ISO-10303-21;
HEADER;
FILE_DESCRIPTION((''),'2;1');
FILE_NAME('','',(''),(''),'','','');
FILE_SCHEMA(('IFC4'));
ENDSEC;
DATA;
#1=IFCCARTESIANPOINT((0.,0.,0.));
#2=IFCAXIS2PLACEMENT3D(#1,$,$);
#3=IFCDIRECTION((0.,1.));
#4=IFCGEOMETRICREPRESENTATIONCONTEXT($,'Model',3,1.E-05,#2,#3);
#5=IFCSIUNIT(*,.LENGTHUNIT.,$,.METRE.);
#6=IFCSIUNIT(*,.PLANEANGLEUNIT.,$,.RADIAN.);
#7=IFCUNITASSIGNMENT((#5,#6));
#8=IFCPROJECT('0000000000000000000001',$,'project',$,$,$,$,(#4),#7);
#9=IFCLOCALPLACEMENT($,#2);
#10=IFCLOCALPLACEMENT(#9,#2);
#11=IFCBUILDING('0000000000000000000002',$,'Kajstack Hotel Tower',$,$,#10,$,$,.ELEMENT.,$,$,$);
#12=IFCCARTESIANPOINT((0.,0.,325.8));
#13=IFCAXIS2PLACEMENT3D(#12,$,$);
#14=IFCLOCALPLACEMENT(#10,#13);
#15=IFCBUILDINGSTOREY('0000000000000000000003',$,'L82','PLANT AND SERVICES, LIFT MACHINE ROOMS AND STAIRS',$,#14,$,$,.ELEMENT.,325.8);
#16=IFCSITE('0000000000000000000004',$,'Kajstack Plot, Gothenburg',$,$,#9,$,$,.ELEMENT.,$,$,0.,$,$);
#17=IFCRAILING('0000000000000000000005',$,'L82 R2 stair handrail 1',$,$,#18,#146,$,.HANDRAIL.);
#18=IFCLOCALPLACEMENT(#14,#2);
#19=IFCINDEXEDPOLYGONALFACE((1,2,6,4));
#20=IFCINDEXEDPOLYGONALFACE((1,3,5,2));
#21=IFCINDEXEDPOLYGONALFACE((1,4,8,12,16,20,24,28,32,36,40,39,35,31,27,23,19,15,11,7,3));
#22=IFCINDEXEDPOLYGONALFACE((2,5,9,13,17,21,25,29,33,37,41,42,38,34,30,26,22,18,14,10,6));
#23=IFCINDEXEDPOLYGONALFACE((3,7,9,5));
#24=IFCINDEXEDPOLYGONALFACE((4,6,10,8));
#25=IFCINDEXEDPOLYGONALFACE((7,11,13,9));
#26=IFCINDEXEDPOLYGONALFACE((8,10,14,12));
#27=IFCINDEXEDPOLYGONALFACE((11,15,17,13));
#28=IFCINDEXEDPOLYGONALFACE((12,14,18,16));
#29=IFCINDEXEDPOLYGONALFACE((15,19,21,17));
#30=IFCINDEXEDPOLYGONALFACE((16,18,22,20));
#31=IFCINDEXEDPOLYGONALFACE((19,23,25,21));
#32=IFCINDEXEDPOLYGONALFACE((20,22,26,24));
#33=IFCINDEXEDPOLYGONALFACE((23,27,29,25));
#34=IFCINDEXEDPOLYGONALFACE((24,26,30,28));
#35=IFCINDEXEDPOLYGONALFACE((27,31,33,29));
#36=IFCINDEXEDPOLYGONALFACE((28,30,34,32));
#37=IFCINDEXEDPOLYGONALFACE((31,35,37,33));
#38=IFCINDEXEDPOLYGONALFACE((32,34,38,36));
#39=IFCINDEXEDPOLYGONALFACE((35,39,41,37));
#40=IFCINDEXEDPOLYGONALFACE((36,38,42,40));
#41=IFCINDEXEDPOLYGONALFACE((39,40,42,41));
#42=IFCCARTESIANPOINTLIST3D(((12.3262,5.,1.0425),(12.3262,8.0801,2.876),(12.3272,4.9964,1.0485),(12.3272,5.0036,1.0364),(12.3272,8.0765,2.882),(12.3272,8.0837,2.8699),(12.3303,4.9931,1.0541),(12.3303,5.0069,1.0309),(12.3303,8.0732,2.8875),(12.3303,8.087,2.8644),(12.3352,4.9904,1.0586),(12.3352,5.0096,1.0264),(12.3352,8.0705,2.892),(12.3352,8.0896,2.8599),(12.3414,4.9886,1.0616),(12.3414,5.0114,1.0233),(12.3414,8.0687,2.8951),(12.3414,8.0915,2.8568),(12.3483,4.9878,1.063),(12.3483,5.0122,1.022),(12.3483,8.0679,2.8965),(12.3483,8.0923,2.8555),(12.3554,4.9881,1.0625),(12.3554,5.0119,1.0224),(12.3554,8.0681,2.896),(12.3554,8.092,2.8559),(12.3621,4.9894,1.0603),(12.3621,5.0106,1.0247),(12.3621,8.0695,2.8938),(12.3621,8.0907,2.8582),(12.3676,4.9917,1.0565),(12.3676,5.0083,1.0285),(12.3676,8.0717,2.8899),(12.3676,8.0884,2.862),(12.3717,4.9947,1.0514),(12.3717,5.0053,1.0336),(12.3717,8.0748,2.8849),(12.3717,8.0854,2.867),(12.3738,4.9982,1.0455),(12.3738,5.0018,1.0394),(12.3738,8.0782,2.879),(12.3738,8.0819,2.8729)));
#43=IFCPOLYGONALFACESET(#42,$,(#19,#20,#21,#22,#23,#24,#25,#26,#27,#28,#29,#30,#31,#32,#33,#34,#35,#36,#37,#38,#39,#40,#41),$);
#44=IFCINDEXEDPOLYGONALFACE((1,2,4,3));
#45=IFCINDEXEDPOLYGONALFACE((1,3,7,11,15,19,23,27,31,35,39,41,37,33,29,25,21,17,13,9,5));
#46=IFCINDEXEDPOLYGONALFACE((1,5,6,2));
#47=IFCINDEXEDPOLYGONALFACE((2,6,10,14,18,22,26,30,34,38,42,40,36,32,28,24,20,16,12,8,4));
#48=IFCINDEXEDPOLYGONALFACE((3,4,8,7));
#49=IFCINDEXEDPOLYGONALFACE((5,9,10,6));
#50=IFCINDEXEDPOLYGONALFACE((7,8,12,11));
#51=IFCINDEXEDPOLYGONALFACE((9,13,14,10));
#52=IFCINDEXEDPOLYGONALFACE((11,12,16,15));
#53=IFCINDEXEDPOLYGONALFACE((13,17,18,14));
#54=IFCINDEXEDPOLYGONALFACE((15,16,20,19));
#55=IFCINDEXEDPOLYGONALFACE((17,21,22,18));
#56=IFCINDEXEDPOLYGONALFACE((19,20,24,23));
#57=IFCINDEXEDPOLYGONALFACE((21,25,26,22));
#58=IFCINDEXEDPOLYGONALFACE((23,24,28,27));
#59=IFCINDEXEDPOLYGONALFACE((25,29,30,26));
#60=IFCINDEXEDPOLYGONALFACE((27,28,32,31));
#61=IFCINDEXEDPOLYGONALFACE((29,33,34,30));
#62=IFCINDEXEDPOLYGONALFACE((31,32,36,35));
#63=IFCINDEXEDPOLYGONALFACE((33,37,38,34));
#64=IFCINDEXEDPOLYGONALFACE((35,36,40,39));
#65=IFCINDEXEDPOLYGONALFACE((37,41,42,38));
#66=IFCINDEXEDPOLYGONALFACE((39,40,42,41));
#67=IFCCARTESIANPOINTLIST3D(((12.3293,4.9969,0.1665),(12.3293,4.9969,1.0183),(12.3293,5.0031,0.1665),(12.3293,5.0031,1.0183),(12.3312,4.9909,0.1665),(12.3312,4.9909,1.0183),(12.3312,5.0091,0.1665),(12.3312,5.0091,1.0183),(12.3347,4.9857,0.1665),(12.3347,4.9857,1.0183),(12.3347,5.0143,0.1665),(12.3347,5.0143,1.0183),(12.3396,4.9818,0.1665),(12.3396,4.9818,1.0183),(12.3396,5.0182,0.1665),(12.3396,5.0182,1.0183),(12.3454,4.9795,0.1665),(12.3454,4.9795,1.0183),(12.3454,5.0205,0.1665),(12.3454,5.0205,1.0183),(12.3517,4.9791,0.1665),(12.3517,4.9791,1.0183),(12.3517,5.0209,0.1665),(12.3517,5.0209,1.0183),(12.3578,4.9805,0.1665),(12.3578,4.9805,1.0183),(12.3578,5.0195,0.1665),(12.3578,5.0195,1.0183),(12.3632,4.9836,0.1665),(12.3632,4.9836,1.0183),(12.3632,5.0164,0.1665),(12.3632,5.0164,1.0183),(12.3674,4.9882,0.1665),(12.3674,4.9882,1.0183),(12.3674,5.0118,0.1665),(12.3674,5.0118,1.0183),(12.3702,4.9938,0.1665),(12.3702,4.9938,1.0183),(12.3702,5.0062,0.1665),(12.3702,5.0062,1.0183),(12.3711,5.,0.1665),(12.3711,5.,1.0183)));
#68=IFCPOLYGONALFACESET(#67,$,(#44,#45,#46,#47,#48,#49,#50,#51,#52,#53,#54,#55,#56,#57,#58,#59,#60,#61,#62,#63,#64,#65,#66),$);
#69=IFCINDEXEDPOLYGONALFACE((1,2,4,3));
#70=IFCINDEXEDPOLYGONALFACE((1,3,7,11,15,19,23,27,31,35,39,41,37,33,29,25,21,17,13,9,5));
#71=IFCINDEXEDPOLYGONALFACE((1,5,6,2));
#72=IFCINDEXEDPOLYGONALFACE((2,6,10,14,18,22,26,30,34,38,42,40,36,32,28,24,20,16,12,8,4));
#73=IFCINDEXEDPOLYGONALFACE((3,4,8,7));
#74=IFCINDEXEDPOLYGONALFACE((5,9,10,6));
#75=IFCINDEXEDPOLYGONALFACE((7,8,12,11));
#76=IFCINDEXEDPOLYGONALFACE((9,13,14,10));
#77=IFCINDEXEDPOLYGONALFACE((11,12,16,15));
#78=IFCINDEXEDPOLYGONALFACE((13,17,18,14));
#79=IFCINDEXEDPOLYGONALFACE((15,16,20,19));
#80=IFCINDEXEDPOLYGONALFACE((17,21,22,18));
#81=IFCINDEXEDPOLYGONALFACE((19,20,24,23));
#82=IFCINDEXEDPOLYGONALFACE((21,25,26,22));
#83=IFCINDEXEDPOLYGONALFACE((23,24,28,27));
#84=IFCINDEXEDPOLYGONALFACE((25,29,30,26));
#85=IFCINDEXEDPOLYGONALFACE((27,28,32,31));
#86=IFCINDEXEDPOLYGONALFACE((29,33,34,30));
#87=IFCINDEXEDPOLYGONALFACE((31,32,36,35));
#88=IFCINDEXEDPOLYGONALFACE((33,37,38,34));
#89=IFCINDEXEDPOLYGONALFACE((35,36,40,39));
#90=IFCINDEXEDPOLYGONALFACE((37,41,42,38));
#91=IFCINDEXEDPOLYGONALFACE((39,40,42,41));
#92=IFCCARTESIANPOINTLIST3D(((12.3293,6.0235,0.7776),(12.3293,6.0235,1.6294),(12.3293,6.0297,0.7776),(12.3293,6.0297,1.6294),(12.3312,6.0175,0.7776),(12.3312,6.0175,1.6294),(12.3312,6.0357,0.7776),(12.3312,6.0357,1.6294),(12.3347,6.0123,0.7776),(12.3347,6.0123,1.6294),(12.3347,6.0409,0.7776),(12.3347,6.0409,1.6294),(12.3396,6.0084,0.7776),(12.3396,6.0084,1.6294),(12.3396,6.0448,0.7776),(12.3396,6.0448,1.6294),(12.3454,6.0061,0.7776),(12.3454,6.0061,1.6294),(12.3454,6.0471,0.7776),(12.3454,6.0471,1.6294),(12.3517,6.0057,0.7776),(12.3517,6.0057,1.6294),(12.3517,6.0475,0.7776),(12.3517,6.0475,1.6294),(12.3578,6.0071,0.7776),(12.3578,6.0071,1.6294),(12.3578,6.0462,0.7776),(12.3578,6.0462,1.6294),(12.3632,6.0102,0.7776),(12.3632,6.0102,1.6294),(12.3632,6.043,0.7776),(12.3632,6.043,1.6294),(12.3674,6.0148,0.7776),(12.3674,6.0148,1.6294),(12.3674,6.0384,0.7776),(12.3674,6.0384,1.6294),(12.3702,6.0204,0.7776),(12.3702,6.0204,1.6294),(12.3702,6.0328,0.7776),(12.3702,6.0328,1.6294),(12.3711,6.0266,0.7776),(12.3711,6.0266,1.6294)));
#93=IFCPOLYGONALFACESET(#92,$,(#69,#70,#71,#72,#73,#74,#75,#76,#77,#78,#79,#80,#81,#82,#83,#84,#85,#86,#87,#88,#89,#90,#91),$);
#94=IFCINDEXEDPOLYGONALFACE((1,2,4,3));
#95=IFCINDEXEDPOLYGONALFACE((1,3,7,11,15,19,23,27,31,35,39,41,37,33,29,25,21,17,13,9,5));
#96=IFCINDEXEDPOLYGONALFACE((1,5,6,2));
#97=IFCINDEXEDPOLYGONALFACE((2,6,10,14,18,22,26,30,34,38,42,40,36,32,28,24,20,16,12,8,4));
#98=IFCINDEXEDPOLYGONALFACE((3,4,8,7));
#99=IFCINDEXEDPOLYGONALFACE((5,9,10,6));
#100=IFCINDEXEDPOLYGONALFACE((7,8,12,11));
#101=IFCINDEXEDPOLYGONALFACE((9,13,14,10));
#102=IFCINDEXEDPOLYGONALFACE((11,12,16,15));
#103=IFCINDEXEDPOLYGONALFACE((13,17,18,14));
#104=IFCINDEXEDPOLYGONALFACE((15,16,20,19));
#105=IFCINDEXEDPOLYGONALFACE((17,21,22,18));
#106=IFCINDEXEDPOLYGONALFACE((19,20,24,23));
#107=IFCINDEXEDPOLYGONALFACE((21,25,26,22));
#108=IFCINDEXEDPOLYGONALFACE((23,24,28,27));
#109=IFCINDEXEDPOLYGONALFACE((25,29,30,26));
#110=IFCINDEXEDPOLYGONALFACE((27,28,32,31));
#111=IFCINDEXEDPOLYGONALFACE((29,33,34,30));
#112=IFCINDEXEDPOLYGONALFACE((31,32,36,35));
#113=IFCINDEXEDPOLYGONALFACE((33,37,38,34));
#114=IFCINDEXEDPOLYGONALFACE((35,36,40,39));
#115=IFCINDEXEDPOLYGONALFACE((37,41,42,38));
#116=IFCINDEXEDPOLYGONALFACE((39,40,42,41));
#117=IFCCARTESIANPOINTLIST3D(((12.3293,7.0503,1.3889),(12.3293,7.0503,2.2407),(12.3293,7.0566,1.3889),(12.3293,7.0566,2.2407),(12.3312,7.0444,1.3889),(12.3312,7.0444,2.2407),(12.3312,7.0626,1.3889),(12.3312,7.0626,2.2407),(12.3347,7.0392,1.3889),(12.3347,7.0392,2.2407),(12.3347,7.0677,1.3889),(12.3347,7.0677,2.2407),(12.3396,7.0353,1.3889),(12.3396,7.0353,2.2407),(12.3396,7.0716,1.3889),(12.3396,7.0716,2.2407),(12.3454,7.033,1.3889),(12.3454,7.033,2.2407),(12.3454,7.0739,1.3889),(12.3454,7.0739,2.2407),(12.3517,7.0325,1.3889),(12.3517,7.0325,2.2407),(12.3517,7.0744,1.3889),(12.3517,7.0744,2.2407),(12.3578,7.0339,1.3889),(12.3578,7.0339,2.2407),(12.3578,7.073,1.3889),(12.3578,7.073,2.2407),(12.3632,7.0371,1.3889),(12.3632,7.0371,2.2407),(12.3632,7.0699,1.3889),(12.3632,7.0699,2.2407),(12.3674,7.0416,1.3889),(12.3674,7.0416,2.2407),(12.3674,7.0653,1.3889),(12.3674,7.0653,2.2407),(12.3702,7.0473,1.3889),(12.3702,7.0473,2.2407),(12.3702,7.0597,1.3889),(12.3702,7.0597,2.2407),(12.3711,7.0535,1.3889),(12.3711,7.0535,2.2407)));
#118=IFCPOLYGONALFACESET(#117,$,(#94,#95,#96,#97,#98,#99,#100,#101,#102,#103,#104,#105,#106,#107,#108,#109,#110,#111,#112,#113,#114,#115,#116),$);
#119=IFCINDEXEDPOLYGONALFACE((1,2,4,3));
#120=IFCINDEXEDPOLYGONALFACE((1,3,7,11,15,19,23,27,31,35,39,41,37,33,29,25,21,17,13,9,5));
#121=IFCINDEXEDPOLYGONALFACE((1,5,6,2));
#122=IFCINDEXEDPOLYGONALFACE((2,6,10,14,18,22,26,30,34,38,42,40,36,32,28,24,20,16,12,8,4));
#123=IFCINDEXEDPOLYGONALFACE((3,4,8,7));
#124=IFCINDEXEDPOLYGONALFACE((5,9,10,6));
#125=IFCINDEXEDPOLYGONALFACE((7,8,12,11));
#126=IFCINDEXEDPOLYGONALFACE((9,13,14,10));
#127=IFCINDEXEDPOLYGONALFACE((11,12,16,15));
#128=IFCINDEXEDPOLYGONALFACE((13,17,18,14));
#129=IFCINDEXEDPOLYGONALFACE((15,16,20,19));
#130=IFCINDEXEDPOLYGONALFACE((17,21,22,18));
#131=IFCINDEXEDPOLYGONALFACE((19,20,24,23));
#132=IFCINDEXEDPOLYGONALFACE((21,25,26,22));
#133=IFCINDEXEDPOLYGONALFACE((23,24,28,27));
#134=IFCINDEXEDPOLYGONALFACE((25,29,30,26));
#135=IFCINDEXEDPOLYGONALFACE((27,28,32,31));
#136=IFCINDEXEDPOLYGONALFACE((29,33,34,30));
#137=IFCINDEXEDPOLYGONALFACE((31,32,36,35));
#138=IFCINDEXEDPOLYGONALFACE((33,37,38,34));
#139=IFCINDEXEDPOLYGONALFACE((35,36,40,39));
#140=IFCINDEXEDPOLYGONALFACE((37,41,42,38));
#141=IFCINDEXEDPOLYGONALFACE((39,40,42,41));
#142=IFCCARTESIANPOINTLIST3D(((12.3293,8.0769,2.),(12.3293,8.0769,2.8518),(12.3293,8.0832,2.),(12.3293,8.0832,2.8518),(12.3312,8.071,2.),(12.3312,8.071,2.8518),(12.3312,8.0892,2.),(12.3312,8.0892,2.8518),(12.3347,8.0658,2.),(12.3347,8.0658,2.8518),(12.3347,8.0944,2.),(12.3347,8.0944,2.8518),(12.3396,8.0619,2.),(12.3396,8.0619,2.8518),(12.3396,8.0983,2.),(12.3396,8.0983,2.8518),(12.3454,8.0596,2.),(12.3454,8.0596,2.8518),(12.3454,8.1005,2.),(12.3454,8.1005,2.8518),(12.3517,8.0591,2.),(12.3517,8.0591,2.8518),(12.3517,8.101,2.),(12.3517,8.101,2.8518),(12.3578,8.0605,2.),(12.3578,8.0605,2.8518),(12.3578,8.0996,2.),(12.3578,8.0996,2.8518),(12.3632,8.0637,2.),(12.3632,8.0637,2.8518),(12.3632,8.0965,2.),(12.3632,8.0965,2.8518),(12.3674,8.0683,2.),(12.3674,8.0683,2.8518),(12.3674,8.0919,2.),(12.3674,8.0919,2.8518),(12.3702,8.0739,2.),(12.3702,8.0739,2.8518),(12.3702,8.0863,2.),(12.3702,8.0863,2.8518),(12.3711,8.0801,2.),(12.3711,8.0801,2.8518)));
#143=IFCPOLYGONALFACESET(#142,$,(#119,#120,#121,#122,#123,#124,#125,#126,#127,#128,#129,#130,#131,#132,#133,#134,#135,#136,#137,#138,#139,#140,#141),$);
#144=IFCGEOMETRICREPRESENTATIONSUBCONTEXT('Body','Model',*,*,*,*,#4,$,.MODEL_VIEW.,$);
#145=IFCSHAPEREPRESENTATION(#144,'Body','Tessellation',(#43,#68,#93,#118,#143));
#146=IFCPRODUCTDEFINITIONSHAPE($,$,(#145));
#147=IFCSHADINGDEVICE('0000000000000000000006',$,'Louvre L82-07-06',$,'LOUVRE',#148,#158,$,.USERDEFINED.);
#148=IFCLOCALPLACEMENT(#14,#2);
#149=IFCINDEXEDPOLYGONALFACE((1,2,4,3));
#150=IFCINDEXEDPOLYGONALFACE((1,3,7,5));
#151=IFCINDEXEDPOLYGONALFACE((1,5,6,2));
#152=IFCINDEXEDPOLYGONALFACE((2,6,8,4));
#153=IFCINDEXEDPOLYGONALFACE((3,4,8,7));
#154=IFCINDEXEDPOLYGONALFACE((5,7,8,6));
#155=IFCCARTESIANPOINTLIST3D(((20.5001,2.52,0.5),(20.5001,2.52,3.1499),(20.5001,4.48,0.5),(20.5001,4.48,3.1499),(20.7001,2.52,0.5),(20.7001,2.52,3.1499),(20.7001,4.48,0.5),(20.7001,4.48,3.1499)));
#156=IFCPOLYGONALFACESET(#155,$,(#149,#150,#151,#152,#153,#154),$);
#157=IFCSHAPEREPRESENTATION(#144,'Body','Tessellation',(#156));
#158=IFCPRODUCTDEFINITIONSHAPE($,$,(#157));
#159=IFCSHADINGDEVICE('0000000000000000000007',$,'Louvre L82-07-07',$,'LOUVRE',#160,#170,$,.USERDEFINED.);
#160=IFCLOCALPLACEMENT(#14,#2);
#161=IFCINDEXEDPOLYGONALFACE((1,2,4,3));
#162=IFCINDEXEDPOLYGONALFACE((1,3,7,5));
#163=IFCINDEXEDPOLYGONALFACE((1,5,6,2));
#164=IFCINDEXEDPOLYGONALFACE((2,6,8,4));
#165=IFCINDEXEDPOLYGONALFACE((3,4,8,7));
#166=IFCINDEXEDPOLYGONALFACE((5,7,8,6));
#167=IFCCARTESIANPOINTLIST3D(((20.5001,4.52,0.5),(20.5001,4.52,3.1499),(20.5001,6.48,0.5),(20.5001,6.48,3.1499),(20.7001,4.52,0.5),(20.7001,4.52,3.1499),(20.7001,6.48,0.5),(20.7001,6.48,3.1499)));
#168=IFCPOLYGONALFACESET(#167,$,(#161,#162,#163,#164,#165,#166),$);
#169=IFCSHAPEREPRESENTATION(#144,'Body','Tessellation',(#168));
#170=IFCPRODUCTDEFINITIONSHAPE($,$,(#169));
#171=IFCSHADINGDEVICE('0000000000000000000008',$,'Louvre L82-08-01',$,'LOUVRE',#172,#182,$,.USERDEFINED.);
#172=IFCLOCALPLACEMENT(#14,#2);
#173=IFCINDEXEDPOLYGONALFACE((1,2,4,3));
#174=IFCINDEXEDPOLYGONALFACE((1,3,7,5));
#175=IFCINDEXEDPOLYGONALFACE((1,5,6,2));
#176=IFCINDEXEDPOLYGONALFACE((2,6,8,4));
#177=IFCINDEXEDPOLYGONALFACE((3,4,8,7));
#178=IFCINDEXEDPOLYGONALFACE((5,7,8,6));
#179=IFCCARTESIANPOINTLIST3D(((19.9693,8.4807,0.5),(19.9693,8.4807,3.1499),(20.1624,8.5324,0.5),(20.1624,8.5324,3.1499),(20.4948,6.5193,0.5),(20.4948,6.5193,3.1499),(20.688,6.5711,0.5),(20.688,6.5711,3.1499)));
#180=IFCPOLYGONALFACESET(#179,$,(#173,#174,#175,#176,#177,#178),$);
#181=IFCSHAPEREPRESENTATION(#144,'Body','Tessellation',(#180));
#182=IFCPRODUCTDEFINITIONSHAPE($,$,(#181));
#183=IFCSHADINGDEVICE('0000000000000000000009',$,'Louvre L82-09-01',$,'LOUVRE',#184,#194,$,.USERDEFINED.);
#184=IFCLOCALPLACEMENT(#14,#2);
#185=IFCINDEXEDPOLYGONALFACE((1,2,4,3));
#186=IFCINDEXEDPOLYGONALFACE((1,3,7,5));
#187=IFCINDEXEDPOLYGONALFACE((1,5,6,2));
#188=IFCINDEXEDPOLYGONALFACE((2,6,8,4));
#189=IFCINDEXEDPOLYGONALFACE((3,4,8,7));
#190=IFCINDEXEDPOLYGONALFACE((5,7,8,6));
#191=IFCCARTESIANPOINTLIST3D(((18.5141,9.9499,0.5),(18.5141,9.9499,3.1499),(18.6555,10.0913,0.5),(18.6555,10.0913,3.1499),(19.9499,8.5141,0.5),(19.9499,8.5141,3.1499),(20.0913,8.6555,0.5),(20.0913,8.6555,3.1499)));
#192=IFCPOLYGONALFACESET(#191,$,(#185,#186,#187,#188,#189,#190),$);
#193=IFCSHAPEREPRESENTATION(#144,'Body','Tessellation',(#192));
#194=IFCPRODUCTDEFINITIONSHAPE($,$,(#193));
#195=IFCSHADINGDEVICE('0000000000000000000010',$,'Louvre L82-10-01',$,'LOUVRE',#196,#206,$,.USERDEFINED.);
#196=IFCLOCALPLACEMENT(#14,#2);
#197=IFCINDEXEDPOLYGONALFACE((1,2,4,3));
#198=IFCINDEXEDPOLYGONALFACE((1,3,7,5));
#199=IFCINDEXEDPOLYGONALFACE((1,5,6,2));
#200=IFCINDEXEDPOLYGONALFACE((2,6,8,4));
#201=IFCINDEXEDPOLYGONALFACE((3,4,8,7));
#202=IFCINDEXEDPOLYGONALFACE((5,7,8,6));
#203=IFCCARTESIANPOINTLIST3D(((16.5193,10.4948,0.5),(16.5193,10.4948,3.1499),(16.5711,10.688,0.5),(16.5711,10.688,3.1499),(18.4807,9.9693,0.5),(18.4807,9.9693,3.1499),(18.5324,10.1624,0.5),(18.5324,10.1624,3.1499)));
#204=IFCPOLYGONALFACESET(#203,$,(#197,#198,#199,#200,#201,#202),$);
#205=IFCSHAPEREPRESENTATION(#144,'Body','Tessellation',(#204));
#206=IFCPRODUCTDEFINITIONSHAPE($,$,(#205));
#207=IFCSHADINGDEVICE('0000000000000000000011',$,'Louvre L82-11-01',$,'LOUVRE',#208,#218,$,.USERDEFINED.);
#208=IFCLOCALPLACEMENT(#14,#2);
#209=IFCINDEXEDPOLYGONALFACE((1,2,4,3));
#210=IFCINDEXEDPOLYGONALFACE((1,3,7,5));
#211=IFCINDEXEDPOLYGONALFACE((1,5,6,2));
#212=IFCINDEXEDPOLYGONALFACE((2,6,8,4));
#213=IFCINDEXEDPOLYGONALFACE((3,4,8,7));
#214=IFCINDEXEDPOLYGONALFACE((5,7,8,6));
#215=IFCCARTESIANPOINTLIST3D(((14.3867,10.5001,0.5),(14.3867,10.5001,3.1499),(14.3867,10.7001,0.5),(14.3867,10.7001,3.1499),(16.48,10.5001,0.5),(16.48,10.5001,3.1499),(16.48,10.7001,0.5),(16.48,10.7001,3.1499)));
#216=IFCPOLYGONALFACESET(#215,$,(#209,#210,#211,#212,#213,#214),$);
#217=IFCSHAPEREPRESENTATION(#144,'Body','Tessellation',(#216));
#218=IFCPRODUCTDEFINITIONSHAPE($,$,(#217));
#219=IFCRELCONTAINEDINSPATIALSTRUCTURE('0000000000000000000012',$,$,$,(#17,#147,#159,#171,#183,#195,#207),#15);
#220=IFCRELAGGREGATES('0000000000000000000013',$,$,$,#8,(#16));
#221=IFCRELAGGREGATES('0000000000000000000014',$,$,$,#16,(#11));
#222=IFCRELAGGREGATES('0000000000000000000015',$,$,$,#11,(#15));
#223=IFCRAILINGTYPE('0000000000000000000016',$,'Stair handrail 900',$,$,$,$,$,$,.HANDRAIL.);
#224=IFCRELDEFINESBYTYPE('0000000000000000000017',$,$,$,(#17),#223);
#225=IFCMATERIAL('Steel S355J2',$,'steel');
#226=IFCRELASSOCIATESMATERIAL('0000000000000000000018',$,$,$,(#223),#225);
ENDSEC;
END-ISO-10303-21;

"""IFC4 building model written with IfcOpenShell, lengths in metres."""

from ifc_helpers import new_model, si_unit, direction, frame, origin, origin_2d, place, context, subcontext, project, spatial, rectangle, circle, extrude, material, type_object, element, save


model = new_model("IFC4")

# Units and contexts
model_context = context("Model", 3, precision=1e-05, world=origin(), true_north=direction((0.0, 1.0)))
body_context = subcontext(model_context, "Body", "Model", "MODEL_VIEW")
ifc_project = project(units=[si_unit("LENGTHUNIT", "METRE"), si_unit("PLANEANGLEUNIT", "RADIAN")], contexts=[model_context])

# Site, building, storey
site_placement = place(None, origin())
site = spatial("IfcSite", under=ifc_project, at=site_placement, Name="Kajstack Plot, Gothenburg", CompositionType="ELEMENT", RefElevation=0.0)
building_placement = place(site_placement, origin())
building = spatial("IfcBuilding", under=site, at=building_placement, Name="Kajstack Hotel Tower", CompositionType="ELEMENT")
storey_placement = place(building_placement, frame((0.0, 0.0, 325.8)))
storey = spatial("IfcBuildingStorey", under=building, at=storey_placement, Name="L82", Description="PLANT AND SERVICES, LIFT MACHINE ROOMS AND STAIRS", CompositionType="ELEMENT", Elevation=325.8)

# Railing
ifc_material_1 = material(Name="Steel S355J2", Category="steel")
railing_type_1 = type_object("IfcRailingType", Name="Stair handrail 900", PredefinedType="HANDRAIL", material=ifc_material_1)
railing_1_placement = place(storey_placement, frame((12.3501, 5.0, 0.1665)))
element("IfcRailing", 1, at=railing_1_placement, inside=storey, type_object=railing_type_1, Name="L82 R2 stair handrail 1", PredefinedType="HANDRAIL", context=body_context, shape_type="SweptSolid", body=[
    extrude(circle(Radius=0.0239, at=origin_2d()), frame((0.0, 0.0, 0.876), z_axis=(0.0, 0.859279, 0.511508), x_axis=(-1.0, 0.0, 0.0)), (0.0, 0.0, 1.0), 3.5845),
    extrude(circle(Radius=0.021, at=origin_2d()), origin(), (0.0, 0.0, 1.0), 0.8518),
    extrude(circle(Radius=0.021, at=origin_2d()), frame((0.0, 1.0266, 0.6111)), (0.0, 0.0, 1.0), 0.8518),
    extrude(circle(Radius=0.021, at=origin_2d()), frame((0.0, 2.0535, 1.2224)), (0.0, 0.0, 1.0), 0.8518),
    extrude(circle(Radius=0.021, at=origin_2d()), frame((0.0, 3.0801, 1.8335)), (0.0, 0.0, 1.0), 0.8518),
])

# Shading devices
for number, where, z_axis, x_axis, name in (
    (2, (20.6001, 3.5, 0.5), (0.0, 0.0, 1.0), (0.0, 1.0, 0.0), "Louvre L82-07-06"),
    (3, (20.6001, 5.5, 0.5), (0.0, 0.0, 1.0), (0.0, 1.0, 0.0), "Louvre L82-07-07"),
):
    element("IfcShadingDevice", number, at=place(storey_placement, frame(where, z_axis=z_axis, x_axis=x_axis)), inside=storey, Name=name, ObjectType="LOUVRE", PredefinedType="USERDEFINED", context=body_context, shape_type="SweptSolid", body=[
        extrude(rectangle(XDim=1.96, YDim=0.2, at=origin_2d()), origin(), (0.0, 0.0, 1.0), 2.6499),
    ])
for number, where, z_axis, x_axis, name in (
    (4, (20.3286, 7.5259, 0.5), (0.0, 0.0, 1.0), (-0.25882, 0.965926, 0.0), "Louvre L82-08-01"),
    (5, (19.3027, 9.3027, 0.5), (0.0, 0.0, 1.0), (-0.707107, 0.707107, 0.0), "Louvre L82-09-01"),
    (6, (17.5259, 10.3286, 0.5), (0.0, 0.0, 1.0), (-0.965926, 0.25882, 0.0), "Louvre L82-10-01"),
):
    element("IfcShadingDevice", number, at=place(storey_placement, frame(where, z_axis=z_axis, x_axis=x_axis)), inside=storey, Name=name, ObjectType="LOUVRE", PredefinedType="USERDEFINED", context=body_context, shape_type="SweptSolid", body=[
        extrude(rectangle(XDim=2.0305, YDim=0.2, at=origin_2d()), origin(), (0.0, 0.0, 1.0), 2.6499),
    ])
for number, where, z_axis, x_axis, name in (
    (7, (15.4333, 10.6001, 0.5), (0.0, 0.0, 1.0), (-1.0, 0.0, 0.0), "Louvre L82-11-01"),
):
    element("IfcShadingDevice", number, at=place(storey_placement, frame(where, z_axis=z_axis, x_axis=x_axis)), inside=storey, Name=name, ObjectType="LOUVRE", PredefinedType="USERDEFINED", context=body_context, shape_type="SweptSolid", body=[
        extrude(rectangle(XDim=2.0933, YDim=0.2, at=origin_2d()), origin(), (0.0, 0.0, 1.0), 2.6499),
    ])

save(model, "model.ifc")
